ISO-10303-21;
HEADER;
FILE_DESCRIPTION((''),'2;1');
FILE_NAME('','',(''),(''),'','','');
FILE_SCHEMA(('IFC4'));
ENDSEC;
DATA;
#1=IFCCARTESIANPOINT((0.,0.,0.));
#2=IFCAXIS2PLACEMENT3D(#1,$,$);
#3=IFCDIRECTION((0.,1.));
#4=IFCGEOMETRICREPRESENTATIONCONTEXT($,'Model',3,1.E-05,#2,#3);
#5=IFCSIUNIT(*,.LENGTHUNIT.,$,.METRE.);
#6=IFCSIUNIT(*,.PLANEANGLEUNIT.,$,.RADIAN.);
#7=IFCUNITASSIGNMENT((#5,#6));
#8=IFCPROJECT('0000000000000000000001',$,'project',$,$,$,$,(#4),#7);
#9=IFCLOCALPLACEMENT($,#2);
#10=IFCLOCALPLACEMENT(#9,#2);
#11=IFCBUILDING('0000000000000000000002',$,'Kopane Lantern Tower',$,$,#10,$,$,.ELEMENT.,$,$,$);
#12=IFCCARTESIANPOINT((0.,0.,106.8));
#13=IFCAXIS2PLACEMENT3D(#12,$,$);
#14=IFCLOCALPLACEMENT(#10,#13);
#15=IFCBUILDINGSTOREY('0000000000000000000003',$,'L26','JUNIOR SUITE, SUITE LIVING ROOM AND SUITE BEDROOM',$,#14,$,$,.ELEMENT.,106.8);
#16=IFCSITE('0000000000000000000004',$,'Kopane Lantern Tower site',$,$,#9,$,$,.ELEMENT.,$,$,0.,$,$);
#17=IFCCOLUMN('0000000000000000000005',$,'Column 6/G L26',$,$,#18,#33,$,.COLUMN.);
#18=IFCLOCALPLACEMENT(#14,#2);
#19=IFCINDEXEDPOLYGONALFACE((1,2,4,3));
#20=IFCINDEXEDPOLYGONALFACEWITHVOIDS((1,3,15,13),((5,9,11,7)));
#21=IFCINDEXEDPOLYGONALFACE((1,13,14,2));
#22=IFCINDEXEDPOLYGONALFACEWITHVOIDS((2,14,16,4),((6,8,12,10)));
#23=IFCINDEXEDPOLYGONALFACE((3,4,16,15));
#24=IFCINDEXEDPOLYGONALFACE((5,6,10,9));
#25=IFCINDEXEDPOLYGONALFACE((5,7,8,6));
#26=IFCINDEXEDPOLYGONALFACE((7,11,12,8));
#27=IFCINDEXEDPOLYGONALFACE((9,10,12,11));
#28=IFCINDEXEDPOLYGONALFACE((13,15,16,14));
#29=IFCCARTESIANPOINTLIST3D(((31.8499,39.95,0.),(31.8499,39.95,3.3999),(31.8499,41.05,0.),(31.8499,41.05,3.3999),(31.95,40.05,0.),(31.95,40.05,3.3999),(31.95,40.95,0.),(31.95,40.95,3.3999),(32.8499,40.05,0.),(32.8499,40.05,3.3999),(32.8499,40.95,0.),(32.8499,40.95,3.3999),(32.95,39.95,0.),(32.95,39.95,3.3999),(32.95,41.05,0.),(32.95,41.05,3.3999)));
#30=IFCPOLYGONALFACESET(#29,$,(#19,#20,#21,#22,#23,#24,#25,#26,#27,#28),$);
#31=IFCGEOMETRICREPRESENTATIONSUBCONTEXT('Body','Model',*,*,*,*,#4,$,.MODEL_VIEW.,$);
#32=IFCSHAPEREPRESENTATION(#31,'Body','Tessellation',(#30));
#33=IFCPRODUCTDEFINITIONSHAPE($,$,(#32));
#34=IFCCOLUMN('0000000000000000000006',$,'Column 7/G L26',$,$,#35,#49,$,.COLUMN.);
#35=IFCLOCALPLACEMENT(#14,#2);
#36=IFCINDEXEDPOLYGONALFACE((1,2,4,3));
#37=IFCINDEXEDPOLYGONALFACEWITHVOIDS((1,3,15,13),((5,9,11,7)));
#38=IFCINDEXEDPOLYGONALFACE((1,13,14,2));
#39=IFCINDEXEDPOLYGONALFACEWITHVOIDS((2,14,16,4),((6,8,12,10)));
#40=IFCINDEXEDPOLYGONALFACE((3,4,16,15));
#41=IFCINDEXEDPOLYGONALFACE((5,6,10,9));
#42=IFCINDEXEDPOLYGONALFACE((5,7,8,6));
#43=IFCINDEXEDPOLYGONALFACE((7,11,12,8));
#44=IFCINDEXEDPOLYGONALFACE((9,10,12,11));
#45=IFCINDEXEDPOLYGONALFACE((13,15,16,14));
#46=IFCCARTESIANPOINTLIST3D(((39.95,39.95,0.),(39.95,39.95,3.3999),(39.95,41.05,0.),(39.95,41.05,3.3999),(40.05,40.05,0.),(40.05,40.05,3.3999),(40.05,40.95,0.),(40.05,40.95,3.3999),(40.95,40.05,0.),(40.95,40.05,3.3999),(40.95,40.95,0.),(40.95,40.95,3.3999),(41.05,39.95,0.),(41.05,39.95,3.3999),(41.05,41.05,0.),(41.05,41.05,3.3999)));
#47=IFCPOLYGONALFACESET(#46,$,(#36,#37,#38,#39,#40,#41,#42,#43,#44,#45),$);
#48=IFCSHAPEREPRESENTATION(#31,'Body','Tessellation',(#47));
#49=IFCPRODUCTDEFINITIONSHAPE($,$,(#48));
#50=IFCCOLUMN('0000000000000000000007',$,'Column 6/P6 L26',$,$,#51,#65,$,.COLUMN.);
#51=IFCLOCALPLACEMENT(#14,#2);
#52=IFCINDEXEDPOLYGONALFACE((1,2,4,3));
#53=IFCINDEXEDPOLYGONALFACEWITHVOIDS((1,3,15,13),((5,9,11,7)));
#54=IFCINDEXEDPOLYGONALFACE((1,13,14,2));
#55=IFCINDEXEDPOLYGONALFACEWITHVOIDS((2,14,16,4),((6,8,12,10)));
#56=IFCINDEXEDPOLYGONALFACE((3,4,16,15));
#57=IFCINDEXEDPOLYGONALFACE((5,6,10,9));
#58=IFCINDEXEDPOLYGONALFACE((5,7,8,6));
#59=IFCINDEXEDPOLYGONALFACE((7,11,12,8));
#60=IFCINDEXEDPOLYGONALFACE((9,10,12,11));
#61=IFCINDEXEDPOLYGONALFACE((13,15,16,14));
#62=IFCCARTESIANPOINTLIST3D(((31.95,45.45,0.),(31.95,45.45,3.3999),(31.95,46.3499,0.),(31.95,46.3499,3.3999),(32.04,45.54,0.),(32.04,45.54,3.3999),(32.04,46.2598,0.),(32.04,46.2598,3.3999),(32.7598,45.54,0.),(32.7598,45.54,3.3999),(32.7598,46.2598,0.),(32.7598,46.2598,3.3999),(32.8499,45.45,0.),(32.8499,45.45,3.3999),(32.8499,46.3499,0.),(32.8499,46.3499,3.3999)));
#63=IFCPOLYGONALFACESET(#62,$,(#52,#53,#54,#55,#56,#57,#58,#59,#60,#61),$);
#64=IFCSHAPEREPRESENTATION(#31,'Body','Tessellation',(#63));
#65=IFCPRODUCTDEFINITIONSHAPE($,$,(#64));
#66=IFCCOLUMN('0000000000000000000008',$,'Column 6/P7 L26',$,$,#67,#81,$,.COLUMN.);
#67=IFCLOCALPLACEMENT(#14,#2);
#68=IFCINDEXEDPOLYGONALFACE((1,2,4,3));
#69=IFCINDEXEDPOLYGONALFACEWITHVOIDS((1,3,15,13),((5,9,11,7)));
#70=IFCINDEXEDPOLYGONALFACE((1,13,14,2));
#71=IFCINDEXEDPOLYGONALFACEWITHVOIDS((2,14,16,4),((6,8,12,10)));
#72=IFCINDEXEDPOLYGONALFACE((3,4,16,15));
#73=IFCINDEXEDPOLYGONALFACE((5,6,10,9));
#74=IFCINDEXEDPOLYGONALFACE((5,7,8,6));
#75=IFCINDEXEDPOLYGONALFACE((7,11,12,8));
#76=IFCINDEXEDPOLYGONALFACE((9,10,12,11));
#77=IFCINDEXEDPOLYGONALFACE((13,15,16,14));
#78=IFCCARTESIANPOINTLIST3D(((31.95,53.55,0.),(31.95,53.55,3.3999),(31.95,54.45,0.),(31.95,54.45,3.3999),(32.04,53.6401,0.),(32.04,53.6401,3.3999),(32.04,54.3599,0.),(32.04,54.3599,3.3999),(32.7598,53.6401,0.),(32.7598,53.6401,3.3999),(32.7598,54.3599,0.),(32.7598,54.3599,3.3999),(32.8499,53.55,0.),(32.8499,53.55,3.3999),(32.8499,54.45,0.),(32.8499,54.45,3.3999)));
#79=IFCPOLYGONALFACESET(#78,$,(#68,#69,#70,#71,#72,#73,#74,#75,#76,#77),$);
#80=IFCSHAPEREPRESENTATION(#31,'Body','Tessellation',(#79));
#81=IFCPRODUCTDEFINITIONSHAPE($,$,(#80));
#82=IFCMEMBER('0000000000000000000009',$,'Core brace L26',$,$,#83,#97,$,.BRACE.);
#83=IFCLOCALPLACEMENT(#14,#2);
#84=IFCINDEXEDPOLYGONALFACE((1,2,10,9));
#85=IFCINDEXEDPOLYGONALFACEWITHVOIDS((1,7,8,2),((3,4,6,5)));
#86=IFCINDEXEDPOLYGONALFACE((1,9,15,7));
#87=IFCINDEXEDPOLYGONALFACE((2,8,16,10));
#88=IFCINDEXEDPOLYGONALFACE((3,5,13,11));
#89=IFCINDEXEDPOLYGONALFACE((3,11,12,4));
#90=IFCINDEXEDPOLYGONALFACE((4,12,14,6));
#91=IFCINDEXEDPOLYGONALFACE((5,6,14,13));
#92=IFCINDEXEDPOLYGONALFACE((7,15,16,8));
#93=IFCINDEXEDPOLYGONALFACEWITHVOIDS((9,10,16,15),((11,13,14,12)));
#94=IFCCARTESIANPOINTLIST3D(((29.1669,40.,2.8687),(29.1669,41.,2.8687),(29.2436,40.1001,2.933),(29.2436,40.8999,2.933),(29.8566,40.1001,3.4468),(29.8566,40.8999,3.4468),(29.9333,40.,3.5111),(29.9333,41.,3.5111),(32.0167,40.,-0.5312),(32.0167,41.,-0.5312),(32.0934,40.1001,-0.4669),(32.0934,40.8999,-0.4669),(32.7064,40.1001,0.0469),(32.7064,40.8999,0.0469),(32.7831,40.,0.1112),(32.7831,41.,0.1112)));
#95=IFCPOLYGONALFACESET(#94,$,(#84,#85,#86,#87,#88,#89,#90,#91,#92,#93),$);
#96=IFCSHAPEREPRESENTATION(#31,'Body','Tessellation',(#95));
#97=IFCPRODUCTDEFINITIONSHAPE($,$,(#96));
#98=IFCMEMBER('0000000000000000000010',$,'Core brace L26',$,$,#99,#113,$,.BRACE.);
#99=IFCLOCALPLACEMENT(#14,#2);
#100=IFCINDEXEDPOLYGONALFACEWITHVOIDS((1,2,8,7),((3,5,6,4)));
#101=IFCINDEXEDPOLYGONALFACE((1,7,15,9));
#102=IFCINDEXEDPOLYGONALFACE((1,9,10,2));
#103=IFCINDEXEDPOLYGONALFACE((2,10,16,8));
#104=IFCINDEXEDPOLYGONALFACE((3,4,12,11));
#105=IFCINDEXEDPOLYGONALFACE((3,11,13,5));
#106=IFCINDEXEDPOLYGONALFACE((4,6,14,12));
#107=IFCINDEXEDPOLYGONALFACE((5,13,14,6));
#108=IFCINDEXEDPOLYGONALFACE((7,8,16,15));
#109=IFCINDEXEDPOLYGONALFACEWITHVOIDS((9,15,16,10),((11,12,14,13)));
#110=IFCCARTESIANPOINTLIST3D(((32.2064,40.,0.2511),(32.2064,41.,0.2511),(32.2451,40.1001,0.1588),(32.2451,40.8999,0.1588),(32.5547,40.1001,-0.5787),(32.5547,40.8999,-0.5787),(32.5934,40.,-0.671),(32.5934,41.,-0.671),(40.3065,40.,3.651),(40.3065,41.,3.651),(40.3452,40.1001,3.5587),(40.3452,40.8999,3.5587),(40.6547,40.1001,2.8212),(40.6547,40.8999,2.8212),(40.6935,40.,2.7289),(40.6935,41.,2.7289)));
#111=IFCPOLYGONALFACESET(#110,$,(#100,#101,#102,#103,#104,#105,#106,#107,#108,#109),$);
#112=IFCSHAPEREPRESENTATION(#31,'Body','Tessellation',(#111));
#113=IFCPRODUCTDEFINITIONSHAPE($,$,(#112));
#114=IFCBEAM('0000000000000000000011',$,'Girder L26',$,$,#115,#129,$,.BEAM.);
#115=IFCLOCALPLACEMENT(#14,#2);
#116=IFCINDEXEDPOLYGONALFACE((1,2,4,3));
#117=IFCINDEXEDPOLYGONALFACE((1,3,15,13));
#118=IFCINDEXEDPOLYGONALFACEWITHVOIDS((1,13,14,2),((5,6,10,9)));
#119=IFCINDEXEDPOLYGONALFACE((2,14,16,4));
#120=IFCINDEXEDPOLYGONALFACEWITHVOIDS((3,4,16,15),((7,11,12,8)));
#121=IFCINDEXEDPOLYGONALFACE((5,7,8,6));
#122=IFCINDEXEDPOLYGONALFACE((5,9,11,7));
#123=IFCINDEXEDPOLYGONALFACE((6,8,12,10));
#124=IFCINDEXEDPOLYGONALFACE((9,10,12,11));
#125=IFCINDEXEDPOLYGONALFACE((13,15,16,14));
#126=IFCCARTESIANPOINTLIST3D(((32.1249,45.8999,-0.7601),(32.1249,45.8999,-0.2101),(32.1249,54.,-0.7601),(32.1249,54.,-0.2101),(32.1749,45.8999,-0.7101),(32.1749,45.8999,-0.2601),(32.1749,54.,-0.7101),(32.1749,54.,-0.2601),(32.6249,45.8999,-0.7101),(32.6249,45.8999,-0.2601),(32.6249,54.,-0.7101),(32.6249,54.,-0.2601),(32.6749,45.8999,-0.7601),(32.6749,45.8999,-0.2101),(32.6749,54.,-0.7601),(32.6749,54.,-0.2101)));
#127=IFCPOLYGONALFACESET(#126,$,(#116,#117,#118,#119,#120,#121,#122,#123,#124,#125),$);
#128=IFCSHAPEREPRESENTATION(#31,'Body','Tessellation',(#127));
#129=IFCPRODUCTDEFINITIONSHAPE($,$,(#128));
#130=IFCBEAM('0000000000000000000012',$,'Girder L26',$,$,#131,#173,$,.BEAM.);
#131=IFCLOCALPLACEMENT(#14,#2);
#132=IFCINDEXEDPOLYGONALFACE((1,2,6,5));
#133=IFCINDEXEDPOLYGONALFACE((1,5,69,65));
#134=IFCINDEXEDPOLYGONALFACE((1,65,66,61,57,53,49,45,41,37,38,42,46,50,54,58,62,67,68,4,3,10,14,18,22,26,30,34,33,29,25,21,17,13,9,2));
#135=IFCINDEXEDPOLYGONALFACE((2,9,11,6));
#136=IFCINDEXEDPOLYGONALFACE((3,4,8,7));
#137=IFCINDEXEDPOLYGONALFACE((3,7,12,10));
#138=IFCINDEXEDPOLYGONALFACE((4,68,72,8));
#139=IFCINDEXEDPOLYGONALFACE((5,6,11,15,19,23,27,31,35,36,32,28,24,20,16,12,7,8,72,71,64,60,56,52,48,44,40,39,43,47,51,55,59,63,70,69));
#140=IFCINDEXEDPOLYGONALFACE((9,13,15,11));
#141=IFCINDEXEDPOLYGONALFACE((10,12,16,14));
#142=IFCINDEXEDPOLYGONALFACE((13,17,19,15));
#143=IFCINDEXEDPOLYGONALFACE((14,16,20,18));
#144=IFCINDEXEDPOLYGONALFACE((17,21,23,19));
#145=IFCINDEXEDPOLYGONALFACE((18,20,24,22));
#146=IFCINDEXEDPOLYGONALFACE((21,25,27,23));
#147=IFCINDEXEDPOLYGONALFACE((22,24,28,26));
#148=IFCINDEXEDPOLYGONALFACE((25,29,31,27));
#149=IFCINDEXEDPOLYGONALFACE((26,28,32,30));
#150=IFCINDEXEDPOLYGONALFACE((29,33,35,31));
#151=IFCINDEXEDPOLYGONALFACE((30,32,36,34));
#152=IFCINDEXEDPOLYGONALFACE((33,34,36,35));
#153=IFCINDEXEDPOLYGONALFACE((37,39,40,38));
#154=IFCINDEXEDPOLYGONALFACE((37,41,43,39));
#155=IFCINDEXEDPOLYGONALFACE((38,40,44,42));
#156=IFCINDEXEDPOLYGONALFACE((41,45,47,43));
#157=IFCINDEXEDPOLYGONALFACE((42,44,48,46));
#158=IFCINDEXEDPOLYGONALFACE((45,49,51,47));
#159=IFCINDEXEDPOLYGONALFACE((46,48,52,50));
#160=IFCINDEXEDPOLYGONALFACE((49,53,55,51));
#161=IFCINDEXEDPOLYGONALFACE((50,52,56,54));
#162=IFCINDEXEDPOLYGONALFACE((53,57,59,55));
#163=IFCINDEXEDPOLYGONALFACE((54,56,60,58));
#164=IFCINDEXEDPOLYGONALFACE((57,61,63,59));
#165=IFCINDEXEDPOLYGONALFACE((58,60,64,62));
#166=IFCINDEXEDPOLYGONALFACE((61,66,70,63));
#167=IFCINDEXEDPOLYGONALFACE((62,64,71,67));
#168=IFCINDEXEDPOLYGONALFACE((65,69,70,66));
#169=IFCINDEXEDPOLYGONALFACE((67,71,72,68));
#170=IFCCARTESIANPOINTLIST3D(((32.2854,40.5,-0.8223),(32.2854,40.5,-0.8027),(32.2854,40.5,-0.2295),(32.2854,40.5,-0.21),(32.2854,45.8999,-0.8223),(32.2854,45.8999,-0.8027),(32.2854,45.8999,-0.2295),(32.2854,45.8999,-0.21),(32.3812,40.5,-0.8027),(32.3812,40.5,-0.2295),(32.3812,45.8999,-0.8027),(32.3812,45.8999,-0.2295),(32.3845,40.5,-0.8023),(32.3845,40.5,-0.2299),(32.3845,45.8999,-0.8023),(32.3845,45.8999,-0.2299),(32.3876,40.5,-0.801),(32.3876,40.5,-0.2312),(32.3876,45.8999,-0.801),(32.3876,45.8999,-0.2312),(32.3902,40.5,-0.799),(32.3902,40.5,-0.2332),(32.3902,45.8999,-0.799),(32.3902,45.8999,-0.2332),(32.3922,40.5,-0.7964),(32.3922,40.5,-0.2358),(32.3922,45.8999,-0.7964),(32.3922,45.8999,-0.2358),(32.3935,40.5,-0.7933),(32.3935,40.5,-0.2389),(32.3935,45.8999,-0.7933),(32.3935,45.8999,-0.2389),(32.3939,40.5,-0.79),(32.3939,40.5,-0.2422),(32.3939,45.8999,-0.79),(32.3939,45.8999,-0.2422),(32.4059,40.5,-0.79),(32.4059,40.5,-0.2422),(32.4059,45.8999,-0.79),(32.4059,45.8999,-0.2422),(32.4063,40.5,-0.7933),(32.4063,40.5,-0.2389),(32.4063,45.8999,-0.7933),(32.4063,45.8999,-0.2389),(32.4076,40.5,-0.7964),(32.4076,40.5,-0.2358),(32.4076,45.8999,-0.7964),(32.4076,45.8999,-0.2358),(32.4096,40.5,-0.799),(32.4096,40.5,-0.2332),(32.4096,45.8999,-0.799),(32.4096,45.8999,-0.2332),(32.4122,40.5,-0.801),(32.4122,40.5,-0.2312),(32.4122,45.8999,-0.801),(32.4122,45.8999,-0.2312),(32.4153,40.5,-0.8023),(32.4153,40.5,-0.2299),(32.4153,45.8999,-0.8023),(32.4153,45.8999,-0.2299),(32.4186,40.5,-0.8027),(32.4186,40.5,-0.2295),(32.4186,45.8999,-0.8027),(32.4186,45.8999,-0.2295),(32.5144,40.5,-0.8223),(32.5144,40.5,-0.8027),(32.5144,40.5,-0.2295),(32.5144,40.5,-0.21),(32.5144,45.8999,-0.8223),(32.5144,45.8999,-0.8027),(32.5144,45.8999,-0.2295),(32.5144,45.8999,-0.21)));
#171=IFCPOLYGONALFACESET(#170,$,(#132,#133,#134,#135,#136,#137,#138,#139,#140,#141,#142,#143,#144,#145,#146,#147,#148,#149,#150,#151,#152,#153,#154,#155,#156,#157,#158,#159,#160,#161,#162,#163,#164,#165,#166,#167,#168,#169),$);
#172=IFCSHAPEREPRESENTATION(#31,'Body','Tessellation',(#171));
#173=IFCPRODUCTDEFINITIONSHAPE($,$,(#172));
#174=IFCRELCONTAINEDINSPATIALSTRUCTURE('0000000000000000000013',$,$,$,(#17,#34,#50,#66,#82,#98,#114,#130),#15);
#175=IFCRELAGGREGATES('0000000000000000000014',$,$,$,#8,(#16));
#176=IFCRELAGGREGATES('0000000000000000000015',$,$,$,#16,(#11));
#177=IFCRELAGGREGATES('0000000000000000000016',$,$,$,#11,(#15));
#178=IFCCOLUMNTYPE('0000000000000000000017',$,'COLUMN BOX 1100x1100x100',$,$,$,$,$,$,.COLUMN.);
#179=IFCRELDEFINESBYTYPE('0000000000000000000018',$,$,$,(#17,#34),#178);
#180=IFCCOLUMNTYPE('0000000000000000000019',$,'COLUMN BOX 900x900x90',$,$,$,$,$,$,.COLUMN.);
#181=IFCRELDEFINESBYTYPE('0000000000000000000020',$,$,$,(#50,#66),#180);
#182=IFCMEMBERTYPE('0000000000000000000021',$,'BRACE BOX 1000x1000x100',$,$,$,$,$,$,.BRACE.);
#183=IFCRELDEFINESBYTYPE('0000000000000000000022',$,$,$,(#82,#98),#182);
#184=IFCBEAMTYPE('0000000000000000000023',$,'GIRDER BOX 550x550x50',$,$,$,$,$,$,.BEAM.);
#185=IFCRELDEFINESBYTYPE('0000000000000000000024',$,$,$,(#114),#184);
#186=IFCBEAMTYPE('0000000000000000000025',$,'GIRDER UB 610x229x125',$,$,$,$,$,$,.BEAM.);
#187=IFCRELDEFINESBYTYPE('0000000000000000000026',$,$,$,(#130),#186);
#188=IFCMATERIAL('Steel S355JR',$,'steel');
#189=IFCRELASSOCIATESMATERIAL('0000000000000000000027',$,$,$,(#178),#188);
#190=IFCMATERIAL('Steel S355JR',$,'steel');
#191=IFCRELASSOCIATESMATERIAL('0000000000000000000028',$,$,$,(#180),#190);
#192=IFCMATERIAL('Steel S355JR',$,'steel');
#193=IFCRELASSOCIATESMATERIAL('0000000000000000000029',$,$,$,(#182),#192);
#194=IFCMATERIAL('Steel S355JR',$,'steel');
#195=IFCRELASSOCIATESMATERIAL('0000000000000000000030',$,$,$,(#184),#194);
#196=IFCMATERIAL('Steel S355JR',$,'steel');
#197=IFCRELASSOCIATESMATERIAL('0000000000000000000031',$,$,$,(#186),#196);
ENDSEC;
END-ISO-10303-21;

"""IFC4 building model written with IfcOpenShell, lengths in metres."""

from ifc_helpers import new_model, si_unit, direction, frame, origin, origin_2d, place, context, subcontext, project, spatial, hollow_rectangle, i_section, extrude, material, material_profile, profile_set, type_object, element, save


model = new_model("IFC4")

# Units and contexts
model_context = context("Model", 3, precision=1e-05, world=origin(), true_north=direction((0.0, 1.0)))
body_context = subcontext(model_context, "Body", "Model", "MODEL_VIEW")
ifc_project = project(units=[si_unit("LENGTHUNIT", "METRE"), si_unit("PLANEANGLEUNIT", "RADIAN")], contexts=[model_context])

# Site, building, storey
site_placement = place(None, origin())
site = spatial("IfcSite", under=ifc_project, at=site_placement, Name="Kopane Lantern Tower site", CompositionType="ELEMENT", RefElevation=0.0)
building_placement = place(site_placement, origin())
building = spatial("IfcBuilding", under=site, at=building_placement, Name="Kopane Lantern Tower", CompositionType="ELEMENT")
storey_placement = place(building_placement, frame((0.0, 0.0, 106.8)))
storey = spatial("IfcBuildingStorey", under=building, at=storey_placement, Name="L26", Description="JUNIOR SUITE, SUITE LIVING ROOM AND SUITE BEDROOM", CompositionType="ELEMENT", Elevation=106.8)

# Columns
ifc_material_1 = material(Name="Steel S355JR", Category="steel")
ifc_material_profile_1 = material_profile(ifc_material_1, hollow_rectangle(XDim=1.1001, YDim=1.1001, WallThickness=0.1001, at=origin_2d()), Name="BOX 1100x1100x100")
ifc_profile_set_1 = profile_set([ifc_material_profile_1], Name="Steel S355JR")
column_type_1 = type_object("IfcColumnType", Name="COLUMN BOX 1100x1100x100", PredefinedType="COLUMN", material=ifc_profile_set_1)
for number, where, z_axis, x_axis, name in (
    (1, (32.3999, 40.5, 0.0), (0.0, 0.0, 1.0), (1.0, 0.0, 0.0), "Column 6/G L26"),
    (2, (40.5, 40.5, 0.0), (0.0, 0.0, 1.0), (1.0, 0.0, 0.0), "Column 7/G L26"),
):
    element("IfcColumn", number, at=place(storey_placement, frame(where, z_axis=z_axis, x_axis=x_axis)), inside=storey, type_object=column_type_1, Name=name, PredefinedType="COLUMN", context=body_context, shape_type="SweptSolid", body=[
        extrude(hollow_rectangle(XDim=1.1001, YDim=1.1001, WallThickness=0.1001, at=origin_2d()), origin(), (0.0, 0.0, 1.0), 3.3999),
    ])
ifc_material_2 = material(Name="Steel S355JR", Category="steel")
ifc_material_profile_2 = material_profile(ifc_material_2, hollow_rectangle(XDim=0.8999, YDim=0.8999, WallThickness=0.0901, at=origin_2d()), Name="BOX 900x900x90")
ifc_profile_set_2 = profile_set([ifc_material_profile_2], Name="Steel S355JR")
column_type_2 = type_object("IfcColumnType", Name="COLUMN BOX 900x900x90", PredefinedType="COLUMN", material=ifc_profile_set_2)
for number, where, z_axis, x_axis, name in (
    (3, (32.3999, 45.8999, 0.0), (0.0, 0.0, 1.0), (1.0, 0.0, 0.0), "Column 6/P6 L26"),
    (4, (32.3999, 54.0, 0.0), (0.0, 0.0, 1.0), (1.0, 0.0, 0.0), "Column 6/P7 L26"),
):
    element("IfcColumn", number, at=place(storey_placement, frame(where, z_axis=z_axis, x_axis=x_axis)), inside=storey, type_object=column_type_2, Name=name, PredefinedType="COLUMN", context=body_context, shape_type="SweptSolid", body=[
        extrude(hollow_rectangle(XDim=0.8999, YDim=0.8999, WallThickness=0.0901, at=origin_2d()), origin(), (0.0, 0.0, 1.0), 3.3999),
    ])

# Members
ifc_material_3 = material(Name="Steel S355JR", Category="steel")
ifc_material_profile_3 = material_profile(ifc_material_3, hollow_rectangle(XDim=1.0, YDim=1.0, WallThickness=0.1001, at=origin_2d()), Name="BOX 1000x1000x100")
ifc_profile_set_3 = profile_set([ifc_material_profile_3], Name="Steel S355JR")
member_type = type_object("IfcMemberType", Name="BRACE BOX 1000x1000x100", PredefinedType="BRACE", material=ifc_profile_set_3)
member_1_placement = place(storey_placement, frame((32.3999, 40.5, -0.21), z_axis=(-0.64239, 0.0, 0.766378), x_axis=(0.0, -1.0, 0.0)))
element("IfcMember", 5, at=member_1_placement, inside=storey, type_object=member_type, Name="Core brace L26", PredefinedType="BRACE", context=body_context, shape_type="SweptSolid", body=[
    extrude(hollow_rectangle(XDim=1.0, YDim=1.0, WallThickness=0.1001, at=origin_2d()), origin(), (0.0, 0.0, 1.0), 4.4363),
])
member_2_placement = place(storey_placement, frame((32.3999, 40.5, -0.21), z_axis=(0.922069, 0.0, 0.387026), x_axis=(0.0, 1.0, 0.0)))
element("IfcMember", 6, at=member_2_placement, inside=storey, type_object=member_type, Name="Core brace L26", PredefinedType="BRACE", context=body_context, shape_type="SweptSolid", body=[
    extrude(hollow_rectangle(XDim=1.0, YDim=1.0, WallThickness=0.1001, at=origin_2d()), origin(), (0.0, 0.0, 1.0), 8.7847),
])

# Beams
ifc_material_4 = material(Name="Steel S355JR", Category="steel")
ifc_material_profile_4 = material_profile(ifc_material_4, hollow_rectangle(XDim=0.55, YDim=0.55, WallThickness=0.05, at=origin_2d()), Name="BOX 550x550x50")
ifc_profile_set_4 = profile_set([ifc_material_profile_4], Name="Steel S355JR")
beam_type_1 = type_object("IfcBeamType", Name="GIRDER BOX 550x550x50", PredefinedType="BEAM", material=ifc_profile_set_4)
beam_1_placement = place(storey_placement, frame((32.3999, 45.8999, -0.4851), z_axis=(0.0, 1.0, 0.0), x_axis=(-1.0, 0.0, 0.0)))
element("IfcBeam", 7, at=beam_1_placement, inside=storey, type_object=beam_type_1, Name="Girder L26", PredefinedType="BEAM", context=body_context, shape_type="SweptSolid", body=[
    extrude(hollow_rectangle(XDim=0.55, YDim=0.55, WallThickness=0.05, at=origin_2d()), origin(), (0.0, 0.0, 1.0), 8.1001),
])
ifc_material_5 = material(Name="Steel S355JR", Category="steel")
ifc_material_profile_5 = material_profile(ifc_material_5, i_section(OverallWidth=0.229, OverallDepth=0.6123, WebThickness=0.012, FlangeThickness=0.0195, FilletRadius=0.0127, at=origin_2d()), Name="UB 610x229x125")
ifc_profile_set_5 = profile_set([ifc_material_profile_5], Name="Steel S355JR")
beam_type_2 = type_object("IfcBeamType", Name="GIRDER UB 610x229x125", PredefinedType="BEAM", material=ifc_profile_set_5)
beam_2_placement = place(storey_placement, frame((32.3999, 40.5, -0.5161), z_axis=(0.0, 1.0, 0.0), x_axis=(-1.0, 0.0, 0.0)))
element("IfcBeam", 8, at=beam_2_placement, inside=storey, type_object=beam_type_2, Name="Girder L26", PredefinedType="BEAM", context=body_context, shape_type="SweptSolid", body=[
    extrude(i_section(OverallWidth=0.229, OverallDepth=0.6123, WebThickness=0.012, FlangeThickness=0.0195, FilletRadius=0.0127, at=origin_2d()), origin(), (0.0, 0.0, 1.0), 5.3999),
])

save(model, "model.ifc")
